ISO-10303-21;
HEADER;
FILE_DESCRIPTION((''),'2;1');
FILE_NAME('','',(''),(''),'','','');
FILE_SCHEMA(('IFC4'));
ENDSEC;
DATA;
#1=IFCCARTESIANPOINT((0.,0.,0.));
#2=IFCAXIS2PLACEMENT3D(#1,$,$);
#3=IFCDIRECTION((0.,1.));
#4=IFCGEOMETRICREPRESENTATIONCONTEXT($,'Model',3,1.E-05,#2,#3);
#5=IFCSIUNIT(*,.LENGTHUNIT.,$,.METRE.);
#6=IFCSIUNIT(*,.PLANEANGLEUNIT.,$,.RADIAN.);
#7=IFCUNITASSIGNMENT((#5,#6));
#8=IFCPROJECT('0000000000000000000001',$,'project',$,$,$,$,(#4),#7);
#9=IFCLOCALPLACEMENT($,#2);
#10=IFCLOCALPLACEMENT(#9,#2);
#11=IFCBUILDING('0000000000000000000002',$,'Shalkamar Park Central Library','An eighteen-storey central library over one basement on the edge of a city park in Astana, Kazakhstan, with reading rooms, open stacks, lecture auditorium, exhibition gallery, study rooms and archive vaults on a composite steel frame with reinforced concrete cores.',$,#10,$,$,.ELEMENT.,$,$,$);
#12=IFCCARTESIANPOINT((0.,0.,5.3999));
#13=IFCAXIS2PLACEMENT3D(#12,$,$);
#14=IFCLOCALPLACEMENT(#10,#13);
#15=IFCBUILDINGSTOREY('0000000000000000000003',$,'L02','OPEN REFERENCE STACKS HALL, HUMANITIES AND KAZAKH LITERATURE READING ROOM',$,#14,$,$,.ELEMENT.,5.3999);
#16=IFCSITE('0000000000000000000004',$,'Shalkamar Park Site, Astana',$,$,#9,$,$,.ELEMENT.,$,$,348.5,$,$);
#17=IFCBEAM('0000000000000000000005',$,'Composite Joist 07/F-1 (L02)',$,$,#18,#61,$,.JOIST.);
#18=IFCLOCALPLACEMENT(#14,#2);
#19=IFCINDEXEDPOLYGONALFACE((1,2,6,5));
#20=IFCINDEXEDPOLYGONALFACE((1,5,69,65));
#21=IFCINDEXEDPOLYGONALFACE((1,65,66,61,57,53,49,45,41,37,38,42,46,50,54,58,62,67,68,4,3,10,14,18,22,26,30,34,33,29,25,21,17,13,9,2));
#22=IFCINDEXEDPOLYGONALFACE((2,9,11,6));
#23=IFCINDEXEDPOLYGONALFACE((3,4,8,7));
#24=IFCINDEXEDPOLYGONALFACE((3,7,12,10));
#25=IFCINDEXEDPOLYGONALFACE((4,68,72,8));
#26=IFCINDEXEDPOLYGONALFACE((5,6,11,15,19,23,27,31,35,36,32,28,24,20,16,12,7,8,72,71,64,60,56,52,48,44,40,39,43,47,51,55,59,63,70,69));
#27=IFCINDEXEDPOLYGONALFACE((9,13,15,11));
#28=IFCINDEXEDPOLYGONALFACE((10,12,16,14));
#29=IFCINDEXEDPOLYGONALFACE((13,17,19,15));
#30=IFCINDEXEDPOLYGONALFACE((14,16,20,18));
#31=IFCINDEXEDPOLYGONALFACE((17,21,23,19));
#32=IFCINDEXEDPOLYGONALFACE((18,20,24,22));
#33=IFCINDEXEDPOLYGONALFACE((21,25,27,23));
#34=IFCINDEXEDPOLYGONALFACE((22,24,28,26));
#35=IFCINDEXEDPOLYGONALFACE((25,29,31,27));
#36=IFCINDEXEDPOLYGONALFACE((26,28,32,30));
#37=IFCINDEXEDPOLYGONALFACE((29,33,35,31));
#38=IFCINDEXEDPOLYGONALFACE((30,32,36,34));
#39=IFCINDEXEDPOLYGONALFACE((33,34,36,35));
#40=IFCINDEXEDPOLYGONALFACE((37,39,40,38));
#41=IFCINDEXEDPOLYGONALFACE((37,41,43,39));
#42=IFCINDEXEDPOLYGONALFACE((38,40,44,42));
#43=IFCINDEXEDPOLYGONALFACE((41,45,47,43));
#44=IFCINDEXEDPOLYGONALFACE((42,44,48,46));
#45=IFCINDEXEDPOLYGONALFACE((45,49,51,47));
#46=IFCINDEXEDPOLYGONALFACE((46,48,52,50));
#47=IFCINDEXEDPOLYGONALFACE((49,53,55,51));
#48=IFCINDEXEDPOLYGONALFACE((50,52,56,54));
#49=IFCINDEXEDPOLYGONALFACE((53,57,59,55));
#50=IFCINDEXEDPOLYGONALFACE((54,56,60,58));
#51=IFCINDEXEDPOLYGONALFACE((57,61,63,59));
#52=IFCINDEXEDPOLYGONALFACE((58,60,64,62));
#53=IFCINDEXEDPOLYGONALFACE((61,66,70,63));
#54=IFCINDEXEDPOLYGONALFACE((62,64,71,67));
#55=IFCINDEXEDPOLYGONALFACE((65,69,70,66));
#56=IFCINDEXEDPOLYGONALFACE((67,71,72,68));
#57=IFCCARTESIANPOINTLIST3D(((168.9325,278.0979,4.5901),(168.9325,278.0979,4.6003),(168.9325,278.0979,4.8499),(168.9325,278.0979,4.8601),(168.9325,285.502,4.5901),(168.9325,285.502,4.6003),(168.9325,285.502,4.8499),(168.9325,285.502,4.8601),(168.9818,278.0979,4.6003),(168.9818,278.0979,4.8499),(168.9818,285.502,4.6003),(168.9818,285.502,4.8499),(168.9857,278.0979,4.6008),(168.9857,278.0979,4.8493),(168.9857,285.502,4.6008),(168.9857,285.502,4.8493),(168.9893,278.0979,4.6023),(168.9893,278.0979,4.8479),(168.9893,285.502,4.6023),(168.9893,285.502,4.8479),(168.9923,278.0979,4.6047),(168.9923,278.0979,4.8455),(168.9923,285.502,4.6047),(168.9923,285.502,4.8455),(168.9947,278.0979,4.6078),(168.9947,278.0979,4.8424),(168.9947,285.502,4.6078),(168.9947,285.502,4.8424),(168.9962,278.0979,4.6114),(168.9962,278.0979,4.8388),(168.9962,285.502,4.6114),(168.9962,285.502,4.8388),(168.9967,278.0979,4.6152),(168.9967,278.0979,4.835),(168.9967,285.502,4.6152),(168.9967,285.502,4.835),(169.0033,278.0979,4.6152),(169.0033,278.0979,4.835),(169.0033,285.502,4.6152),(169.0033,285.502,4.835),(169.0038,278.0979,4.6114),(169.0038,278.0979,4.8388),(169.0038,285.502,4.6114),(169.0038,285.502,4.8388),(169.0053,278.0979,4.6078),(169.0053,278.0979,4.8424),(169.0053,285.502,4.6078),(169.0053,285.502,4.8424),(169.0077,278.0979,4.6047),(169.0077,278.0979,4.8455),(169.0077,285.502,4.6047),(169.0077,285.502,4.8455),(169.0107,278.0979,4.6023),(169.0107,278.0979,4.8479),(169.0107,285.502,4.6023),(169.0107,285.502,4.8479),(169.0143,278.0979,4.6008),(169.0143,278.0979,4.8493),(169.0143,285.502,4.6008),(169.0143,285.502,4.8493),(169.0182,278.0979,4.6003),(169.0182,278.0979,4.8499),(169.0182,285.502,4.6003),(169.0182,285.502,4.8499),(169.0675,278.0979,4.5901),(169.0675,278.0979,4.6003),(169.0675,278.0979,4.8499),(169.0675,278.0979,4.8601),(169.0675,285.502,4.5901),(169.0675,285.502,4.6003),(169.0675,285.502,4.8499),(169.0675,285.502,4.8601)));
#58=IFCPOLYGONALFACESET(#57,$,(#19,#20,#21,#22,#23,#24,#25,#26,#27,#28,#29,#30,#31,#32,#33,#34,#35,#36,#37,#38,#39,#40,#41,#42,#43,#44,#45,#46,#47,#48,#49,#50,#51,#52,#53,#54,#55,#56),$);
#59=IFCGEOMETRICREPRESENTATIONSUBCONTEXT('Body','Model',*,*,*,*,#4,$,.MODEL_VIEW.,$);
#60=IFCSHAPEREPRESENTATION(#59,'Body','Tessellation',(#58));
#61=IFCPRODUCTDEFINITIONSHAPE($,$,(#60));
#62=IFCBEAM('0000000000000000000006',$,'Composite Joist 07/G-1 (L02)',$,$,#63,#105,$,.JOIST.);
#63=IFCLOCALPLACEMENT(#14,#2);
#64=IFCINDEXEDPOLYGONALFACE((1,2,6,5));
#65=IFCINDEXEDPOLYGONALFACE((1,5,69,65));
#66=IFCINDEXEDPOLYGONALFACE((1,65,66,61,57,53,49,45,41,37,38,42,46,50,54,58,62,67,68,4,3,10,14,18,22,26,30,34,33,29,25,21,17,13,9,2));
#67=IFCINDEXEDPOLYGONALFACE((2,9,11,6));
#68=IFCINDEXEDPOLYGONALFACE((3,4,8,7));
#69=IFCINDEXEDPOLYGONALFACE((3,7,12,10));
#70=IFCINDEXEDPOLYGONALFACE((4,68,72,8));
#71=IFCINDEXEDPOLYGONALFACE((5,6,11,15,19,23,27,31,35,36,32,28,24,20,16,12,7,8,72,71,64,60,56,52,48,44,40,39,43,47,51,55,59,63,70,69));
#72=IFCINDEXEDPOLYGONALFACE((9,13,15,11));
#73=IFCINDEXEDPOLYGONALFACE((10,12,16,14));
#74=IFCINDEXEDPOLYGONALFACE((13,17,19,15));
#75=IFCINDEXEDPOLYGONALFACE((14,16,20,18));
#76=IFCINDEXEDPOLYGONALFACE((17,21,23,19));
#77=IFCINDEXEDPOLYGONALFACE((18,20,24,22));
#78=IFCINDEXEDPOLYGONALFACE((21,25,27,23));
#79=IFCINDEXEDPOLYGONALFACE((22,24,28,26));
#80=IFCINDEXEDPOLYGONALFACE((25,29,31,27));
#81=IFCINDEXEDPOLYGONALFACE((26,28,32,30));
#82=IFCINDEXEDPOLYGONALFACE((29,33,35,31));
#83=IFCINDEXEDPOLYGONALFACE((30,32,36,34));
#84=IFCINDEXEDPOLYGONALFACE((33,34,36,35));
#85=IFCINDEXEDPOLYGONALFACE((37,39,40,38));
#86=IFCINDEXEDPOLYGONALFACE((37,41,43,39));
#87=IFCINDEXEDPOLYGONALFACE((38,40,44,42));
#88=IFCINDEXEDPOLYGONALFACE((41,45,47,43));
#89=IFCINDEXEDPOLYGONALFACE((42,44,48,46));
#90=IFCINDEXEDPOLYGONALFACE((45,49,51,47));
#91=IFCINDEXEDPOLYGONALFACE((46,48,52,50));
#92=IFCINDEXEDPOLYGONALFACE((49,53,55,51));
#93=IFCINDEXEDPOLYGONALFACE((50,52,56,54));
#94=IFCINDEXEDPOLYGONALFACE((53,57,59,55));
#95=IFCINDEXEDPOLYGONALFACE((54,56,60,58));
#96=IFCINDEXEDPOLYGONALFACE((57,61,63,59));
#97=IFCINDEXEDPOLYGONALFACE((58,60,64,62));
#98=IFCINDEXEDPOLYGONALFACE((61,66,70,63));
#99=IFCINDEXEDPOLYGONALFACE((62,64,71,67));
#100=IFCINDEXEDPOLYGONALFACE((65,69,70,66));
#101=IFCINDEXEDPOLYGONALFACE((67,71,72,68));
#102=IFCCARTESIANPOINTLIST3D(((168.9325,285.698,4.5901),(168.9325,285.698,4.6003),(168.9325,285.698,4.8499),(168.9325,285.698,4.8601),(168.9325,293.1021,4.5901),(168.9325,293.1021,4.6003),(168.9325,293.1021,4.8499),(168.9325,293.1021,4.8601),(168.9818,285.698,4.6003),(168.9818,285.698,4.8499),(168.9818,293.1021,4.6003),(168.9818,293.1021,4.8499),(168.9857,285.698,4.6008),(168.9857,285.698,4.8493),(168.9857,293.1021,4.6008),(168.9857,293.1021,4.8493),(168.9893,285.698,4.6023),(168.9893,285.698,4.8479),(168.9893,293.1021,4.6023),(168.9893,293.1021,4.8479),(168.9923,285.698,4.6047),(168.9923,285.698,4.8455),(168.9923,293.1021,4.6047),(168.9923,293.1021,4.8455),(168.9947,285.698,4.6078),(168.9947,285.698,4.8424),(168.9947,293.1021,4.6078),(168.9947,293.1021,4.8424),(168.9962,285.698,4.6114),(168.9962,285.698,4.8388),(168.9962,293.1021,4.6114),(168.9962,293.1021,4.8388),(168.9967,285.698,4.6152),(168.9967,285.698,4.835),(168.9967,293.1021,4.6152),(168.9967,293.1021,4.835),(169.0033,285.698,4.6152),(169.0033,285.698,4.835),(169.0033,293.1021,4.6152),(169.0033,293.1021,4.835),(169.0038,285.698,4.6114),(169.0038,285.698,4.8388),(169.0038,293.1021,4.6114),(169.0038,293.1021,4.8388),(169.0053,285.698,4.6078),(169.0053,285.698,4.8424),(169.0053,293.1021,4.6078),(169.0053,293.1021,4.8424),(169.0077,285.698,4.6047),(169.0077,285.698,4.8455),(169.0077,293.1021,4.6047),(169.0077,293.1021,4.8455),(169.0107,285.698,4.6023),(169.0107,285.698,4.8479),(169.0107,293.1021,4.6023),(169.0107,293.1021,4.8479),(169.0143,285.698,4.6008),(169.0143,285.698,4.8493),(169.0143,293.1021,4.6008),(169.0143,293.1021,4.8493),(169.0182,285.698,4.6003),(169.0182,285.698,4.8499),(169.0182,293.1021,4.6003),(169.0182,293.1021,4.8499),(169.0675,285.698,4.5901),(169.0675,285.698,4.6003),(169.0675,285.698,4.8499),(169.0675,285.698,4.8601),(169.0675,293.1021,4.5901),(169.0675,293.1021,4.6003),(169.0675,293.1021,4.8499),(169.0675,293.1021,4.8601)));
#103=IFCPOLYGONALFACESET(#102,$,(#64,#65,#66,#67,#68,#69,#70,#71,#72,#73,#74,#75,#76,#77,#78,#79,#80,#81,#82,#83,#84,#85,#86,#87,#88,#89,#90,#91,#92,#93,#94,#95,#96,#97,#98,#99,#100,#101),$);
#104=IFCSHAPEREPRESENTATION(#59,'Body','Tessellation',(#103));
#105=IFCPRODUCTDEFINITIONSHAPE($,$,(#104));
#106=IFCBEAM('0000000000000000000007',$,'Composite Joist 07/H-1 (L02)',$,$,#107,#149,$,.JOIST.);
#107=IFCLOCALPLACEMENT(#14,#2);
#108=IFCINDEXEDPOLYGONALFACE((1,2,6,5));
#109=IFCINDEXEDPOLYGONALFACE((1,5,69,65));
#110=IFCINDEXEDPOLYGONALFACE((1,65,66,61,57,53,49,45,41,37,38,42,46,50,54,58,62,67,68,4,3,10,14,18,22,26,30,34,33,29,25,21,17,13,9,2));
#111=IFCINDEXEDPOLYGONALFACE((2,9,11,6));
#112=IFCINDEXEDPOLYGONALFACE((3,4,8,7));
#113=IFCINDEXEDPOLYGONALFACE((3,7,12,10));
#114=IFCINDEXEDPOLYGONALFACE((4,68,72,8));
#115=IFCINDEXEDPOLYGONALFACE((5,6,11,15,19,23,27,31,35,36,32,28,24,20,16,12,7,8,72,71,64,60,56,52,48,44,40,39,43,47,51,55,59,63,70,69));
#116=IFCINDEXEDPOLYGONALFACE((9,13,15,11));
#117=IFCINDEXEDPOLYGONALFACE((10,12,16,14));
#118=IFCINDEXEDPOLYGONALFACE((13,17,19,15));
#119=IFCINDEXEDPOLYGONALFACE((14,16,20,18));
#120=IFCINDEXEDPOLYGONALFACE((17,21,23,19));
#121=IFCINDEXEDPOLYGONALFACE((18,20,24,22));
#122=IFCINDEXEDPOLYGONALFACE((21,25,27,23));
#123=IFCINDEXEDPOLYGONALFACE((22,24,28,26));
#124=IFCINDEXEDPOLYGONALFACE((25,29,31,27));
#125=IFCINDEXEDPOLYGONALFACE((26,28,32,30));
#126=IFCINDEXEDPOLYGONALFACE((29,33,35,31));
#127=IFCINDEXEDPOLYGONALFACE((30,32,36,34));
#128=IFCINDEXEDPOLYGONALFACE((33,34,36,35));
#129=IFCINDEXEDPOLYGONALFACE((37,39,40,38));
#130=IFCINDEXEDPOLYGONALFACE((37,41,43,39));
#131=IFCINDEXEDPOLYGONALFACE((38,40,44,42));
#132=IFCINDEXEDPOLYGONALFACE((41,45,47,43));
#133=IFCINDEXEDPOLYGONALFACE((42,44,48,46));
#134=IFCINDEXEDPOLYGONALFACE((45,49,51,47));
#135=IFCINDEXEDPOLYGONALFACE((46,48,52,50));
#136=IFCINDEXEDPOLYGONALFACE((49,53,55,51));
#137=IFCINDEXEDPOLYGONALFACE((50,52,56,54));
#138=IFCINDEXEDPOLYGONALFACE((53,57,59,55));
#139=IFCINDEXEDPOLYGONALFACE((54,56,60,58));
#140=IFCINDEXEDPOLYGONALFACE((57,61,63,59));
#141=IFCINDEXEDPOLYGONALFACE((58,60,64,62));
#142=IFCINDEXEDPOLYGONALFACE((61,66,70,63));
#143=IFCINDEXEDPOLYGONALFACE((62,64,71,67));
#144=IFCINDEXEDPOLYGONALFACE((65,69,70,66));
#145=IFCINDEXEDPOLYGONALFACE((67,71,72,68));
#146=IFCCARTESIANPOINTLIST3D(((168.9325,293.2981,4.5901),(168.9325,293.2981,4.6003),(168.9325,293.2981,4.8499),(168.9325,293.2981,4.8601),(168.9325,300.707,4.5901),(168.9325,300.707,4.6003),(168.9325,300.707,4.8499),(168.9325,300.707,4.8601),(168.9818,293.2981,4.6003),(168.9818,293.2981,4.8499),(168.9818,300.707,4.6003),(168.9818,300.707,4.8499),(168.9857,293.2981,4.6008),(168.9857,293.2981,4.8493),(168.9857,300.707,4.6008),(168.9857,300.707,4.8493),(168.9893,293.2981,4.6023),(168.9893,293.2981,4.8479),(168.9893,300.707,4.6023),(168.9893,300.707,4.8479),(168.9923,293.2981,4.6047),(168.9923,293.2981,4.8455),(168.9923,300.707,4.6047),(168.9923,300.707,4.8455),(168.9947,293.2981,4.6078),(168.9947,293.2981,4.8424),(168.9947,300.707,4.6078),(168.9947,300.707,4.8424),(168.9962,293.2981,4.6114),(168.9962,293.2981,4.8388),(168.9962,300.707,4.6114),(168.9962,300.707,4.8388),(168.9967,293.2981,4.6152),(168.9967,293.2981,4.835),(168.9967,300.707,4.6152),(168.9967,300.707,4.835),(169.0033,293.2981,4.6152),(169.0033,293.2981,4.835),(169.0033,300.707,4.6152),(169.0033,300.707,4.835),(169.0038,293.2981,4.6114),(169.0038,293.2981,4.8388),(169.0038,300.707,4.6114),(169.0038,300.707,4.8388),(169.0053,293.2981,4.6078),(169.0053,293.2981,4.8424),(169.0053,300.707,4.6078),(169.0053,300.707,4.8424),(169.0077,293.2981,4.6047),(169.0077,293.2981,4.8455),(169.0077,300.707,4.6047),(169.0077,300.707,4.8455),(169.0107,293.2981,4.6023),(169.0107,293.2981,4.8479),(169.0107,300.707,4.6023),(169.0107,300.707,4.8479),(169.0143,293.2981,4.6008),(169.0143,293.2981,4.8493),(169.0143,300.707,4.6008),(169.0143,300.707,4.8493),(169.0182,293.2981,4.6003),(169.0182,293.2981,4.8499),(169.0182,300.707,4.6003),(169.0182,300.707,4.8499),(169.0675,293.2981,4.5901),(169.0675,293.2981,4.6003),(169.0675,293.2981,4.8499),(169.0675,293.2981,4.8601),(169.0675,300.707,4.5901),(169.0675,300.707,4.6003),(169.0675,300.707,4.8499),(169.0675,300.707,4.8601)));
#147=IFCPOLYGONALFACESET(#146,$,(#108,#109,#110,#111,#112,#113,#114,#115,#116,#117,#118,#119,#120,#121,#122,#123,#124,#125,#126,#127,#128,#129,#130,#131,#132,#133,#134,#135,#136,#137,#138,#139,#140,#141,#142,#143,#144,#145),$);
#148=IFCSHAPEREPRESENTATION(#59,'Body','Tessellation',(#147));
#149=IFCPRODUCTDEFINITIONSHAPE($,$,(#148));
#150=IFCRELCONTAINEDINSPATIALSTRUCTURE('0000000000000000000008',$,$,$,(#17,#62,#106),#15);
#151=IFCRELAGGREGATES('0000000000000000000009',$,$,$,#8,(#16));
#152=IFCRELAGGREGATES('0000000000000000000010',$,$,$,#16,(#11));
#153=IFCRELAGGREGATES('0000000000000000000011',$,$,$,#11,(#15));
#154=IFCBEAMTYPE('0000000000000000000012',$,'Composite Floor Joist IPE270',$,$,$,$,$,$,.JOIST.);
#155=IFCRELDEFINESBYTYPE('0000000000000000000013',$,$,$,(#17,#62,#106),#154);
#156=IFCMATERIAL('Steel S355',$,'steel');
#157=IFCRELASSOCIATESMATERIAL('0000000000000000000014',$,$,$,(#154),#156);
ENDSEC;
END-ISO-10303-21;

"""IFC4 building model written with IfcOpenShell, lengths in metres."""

from ifc_helpers import new_model, si_unit, direction, frame, origin, origin_2d, place, context, subcontext, project, spatial, i_section, extrude, material, material_profile, profile_set, type_object, element, save


model = new_model("IFC4")

# Units and contexts
model_context = context("Model", 3, precision=1e-05, world=origin(), true_north=direction((0.0, 1.0)))
body_context = subcontext(model_context, "Body", "Model", "MODEL_VIEW")
ifc_project = project(units=[si_unit("LENGTHUNIT", "METRE"), si_unit("PLANEANGLEUNIT", "RADIAN")], contexts=[model_context])

# Site, building, storey
site_placement = place(None, origin())
site = spatial("IfcSite", under=ifc_project, at=site_placement, Name="Shalkamar Park Site, Astana", CompositionType="ELEMENT", RefElevation=348.5)
building_placement = place(site_placement, origin())
building = spatial("IfcBuilding", under=site, at=building_placement, Name="Shalkamar Park Central Library", Description="An eighteen-storey central library over one basement on the edge of a city park in Astana, Kazakhstan, with reading rooms, open stacks, lecture auditorium, exhibition gallery, study rooms and archive vaults on a composite steel frame with reinforced concrete cores.", CompositionType="ELEMENT")
storey_placement = place(building_placement, frame((0.0, 0.0, 5.3999)))
storey = spatial("IfcBuildingStorey", under=building, at=storey_placement, Name="L02", Description="OPEN REFERENCE STACKS HALL, HUMANITIES AND KAZAKH LITERATURE READING ROOM", CompositionType="ELEMENT", Elevation=5.3999)

# Shared definitions
ifc_material = material(Name="Steel S355", Category="steel")

# Beams
ifc_material_profile_1 = material_profile(ifc_material, i_section(OverallWidth=0.135, OverallDepth=0.27, WebThickness=0.0066, FlangeThickness=0.0103, FilletRadius=0.0149, at=origin_2d()), Name="IPE 270")
ifc_profile_set_1 = profile_set([ifc_material_profile_1], Name="Steel S355")
beam_type_1 = type_object("IfcBeamType", Name="Composite Floor Joist IPE270", PredefinedType="JOIST", material=ifc_profile_set_1)
for number, where, z_axis, x_axis, name in (
    (1, (169.0, 278.0979, 4.7251), (0.0, 1.0, 0.0), (-1.0, 0.0, 0.0), "Composite Joist 07/F-1 (L02)"),
    (2, (169.0, 285.698, 4.7251), (0.0, 1.0, 0.0), (-1.0, 0.0, 0.0), "Composite Joist 07/G-1 (L02)"),
):
    element("IfcBeam", number, at=place(storey_placement, frame(where, z_axis=z_axis, x_axis=x_axis)), inside=storey, type_object=beam_type_1, Name=name, PredefinedType="JOIST", context=body_context, shape_type="SweptSolid", body=[
        extrude(i_section(OverallWidth=0.135, OverallDepth=0.27, WebThickness=0.0066, FlangeThickness=0.0103, FilletRadius=0.0149, at=origin_2d()), origin(), (0.0, 0.0, 1.0), 7.4041),
    ])
beam_1_placement = place(storey_placement, frame((169.0, 293.2981, 4.7251), z_axis=(0.0, 1.0, 0.0), x_axis=(-1.0, 0.0, 0.0)))
element("IfcBeam", 3, at=beam_1_placement, inside=storey, type_object=beam_type_1, Name="Composite Joist 07/H-1 (L02)", PredefinedType="JOIST", context=body_context, shape_type="SweptSolid", body=[
    extrude(i_section(OverallWidth=0.135, OverallDepth=0.27, WebThickness=0.0066, FlangeThickness=0.0103, FilletRadius=0.0149, at=origin_2d()), origin(), (0.0, 0.0, 1.0), 7.4089),
])

save(model, "model.ifc")
